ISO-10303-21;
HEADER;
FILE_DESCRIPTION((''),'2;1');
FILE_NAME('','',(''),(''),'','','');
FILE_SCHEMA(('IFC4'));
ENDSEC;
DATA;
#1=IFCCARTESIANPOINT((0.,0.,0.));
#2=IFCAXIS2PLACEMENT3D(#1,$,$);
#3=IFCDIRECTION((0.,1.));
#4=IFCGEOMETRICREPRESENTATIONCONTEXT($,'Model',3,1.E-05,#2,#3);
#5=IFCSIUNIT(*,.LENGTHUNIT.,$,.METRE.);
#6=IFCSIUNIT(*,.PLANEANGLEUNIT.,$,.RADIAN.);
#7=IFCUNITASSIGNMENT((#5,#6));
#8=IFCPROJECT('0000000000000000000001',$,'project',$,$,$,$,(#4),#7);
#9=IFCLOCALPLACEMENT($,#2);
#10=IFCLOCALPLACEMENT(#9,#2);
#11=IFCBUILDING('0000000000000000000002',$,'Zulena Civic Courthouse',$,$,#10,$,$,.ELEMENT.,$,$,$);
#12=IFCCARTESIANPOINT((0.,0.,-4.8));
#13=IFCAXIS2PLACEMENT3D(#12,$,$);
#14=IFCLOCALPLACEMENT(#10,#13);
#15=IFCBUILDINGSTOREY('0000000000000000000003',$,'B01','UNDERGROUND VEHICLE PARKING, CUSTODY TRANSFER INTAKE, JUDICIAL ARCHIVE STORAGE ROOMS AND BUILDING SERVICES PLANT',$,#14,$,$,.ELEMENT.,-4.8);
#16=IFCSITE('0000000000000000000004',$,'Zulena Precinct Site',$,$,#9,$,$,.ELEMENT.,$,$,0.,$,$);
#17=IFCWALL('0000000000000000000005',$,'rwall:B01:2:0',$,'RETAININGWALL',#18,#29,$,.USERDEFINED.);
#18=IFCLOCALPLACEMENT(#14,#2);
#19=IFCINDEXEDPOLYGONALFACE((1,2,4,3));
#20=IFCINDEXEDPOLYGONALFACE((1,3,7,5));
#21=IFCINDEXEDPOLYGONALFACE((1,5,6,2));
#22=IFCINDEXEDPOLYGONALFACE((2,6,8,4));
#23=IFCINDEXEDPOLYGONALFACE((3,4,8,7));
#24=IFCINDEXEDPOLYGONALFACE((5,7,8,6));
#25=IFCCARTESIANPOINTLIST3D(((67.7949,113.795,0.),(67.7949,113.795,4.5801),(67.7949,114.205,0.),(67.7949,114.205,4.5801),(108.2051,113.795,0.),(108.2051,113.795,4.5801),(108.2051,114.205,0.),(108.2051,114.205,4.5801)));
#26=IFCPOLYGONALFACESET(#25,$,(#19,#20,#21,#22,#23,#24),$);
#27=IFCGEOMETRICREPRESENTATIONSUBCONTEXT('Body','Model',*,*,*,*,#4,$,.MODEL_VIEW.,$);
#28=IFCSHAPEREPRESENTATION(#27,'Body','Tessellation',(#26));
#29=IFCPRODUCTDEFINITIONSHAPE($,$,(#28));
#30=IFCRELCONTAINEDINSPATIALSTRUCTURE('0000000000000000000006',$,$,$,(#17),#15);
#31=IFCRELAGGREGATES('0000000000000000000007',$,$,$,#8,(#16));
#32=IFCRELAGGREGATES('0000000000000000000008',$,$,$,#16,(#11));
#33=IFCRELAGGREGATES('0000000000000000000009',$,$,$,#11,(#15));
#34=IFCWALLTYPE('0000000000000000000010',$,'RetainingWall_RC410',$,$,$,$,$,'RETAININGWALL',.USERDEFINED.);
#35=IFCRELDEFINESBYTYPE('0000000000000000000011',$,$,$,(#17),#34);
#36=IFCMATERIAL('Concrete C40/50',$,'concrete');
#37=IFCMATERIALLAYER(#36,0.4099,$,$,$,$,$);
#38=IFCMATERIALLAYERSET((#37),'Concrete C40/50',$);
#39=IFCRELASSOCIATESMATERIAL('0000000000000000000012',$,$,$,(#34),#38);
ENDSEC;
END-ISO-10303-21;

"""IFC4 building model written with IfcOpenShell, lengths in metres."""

from ifc_helpers import new_model, si_unit, direction, frame, frame_2d, origin, place, context, subcontext, project, spatial, rectangle, extrude, material, layer, layer_set, type_object, element, save


model = new_model("IFC4")

# Units and contexts
model_context = context("Model", 3, precision=1e-05, world=origin(), true_north=direction((0.0, 1.0)))
body_context = subcontext(model_context, "Body", "Model", "MODEL_VIEW")
ifc_project = project(units=[si_unit("LENGTHUNIT", "METRE"), si_unit("PLANEANGLEUNIT", "RADIAN")], contexts=[model_context])

# Site, building, storey
site_placement = place(None, origin())
site = spatial("IfcSite", under=ifc_project, at=site_placement, Name="Zulena Precinct Site", CompositionType="ELEMENT", RefElevation=0.0)
building_placement = place(site_placement, origin())
building = spatial("IfcBuilding", under=site, at=building_placement, Name="Zulena Civic Courthouse", CompositionType="ELEMENT")
storey_placement = place(building_placement, frame((0.0, 0.0, -4.8)))
storey = spatial("IfcBuildingStorey", under=building, at=storey_placement, Name="B01", Description="UNDERGROUND VEHICLE PARKING, CUSTODY TRANSFER INTAKE, JUDICIAL ARCHIVE STORAGE ROOMS AND BUILDING SERVICES PLANT", CompositionType="ELEMENT", Elevation=-4.8)

# Shared definitions
ifc_material_1 = material(Name="Concrete C40/50", Category="concrete")

# Wall
ifc_layer = layer(ifc_material_1, 0.4099)
ifc_layer_set = layer_set([ifc_layer], Name="Concrete C40/50")
wall_type = type_object("IfcWallType", Name="RetainingWall_RC410", ElementType="RETAININGWALL", PredefinedType="USERDEFINED", material=ifc_layer_set)
wall_placement = place(storey_placement, frame((108.2051, 114.0, 0.0), z_axis=(0.0, 0.0, 1.0), x_axis=(-1.0, 0.0, 0.0)))
element("IfcWall", 1, at=wall_placement, inside=storey, type_object=wall_type, Name="rwall:B01:2:0", ObjectType="RETAININGWALL", PredefinedType="USERDEFINED", context=body_context, shape_type="SweptSolid", body=[
    extrude(rectangle(XDim=40.4102, YDim=0.4099, at=frame_2d((20.2051, 0.0))), origin(), (0.0, 0.0, 1.0), 4.5801),
])

save(model, "model.ifc")
